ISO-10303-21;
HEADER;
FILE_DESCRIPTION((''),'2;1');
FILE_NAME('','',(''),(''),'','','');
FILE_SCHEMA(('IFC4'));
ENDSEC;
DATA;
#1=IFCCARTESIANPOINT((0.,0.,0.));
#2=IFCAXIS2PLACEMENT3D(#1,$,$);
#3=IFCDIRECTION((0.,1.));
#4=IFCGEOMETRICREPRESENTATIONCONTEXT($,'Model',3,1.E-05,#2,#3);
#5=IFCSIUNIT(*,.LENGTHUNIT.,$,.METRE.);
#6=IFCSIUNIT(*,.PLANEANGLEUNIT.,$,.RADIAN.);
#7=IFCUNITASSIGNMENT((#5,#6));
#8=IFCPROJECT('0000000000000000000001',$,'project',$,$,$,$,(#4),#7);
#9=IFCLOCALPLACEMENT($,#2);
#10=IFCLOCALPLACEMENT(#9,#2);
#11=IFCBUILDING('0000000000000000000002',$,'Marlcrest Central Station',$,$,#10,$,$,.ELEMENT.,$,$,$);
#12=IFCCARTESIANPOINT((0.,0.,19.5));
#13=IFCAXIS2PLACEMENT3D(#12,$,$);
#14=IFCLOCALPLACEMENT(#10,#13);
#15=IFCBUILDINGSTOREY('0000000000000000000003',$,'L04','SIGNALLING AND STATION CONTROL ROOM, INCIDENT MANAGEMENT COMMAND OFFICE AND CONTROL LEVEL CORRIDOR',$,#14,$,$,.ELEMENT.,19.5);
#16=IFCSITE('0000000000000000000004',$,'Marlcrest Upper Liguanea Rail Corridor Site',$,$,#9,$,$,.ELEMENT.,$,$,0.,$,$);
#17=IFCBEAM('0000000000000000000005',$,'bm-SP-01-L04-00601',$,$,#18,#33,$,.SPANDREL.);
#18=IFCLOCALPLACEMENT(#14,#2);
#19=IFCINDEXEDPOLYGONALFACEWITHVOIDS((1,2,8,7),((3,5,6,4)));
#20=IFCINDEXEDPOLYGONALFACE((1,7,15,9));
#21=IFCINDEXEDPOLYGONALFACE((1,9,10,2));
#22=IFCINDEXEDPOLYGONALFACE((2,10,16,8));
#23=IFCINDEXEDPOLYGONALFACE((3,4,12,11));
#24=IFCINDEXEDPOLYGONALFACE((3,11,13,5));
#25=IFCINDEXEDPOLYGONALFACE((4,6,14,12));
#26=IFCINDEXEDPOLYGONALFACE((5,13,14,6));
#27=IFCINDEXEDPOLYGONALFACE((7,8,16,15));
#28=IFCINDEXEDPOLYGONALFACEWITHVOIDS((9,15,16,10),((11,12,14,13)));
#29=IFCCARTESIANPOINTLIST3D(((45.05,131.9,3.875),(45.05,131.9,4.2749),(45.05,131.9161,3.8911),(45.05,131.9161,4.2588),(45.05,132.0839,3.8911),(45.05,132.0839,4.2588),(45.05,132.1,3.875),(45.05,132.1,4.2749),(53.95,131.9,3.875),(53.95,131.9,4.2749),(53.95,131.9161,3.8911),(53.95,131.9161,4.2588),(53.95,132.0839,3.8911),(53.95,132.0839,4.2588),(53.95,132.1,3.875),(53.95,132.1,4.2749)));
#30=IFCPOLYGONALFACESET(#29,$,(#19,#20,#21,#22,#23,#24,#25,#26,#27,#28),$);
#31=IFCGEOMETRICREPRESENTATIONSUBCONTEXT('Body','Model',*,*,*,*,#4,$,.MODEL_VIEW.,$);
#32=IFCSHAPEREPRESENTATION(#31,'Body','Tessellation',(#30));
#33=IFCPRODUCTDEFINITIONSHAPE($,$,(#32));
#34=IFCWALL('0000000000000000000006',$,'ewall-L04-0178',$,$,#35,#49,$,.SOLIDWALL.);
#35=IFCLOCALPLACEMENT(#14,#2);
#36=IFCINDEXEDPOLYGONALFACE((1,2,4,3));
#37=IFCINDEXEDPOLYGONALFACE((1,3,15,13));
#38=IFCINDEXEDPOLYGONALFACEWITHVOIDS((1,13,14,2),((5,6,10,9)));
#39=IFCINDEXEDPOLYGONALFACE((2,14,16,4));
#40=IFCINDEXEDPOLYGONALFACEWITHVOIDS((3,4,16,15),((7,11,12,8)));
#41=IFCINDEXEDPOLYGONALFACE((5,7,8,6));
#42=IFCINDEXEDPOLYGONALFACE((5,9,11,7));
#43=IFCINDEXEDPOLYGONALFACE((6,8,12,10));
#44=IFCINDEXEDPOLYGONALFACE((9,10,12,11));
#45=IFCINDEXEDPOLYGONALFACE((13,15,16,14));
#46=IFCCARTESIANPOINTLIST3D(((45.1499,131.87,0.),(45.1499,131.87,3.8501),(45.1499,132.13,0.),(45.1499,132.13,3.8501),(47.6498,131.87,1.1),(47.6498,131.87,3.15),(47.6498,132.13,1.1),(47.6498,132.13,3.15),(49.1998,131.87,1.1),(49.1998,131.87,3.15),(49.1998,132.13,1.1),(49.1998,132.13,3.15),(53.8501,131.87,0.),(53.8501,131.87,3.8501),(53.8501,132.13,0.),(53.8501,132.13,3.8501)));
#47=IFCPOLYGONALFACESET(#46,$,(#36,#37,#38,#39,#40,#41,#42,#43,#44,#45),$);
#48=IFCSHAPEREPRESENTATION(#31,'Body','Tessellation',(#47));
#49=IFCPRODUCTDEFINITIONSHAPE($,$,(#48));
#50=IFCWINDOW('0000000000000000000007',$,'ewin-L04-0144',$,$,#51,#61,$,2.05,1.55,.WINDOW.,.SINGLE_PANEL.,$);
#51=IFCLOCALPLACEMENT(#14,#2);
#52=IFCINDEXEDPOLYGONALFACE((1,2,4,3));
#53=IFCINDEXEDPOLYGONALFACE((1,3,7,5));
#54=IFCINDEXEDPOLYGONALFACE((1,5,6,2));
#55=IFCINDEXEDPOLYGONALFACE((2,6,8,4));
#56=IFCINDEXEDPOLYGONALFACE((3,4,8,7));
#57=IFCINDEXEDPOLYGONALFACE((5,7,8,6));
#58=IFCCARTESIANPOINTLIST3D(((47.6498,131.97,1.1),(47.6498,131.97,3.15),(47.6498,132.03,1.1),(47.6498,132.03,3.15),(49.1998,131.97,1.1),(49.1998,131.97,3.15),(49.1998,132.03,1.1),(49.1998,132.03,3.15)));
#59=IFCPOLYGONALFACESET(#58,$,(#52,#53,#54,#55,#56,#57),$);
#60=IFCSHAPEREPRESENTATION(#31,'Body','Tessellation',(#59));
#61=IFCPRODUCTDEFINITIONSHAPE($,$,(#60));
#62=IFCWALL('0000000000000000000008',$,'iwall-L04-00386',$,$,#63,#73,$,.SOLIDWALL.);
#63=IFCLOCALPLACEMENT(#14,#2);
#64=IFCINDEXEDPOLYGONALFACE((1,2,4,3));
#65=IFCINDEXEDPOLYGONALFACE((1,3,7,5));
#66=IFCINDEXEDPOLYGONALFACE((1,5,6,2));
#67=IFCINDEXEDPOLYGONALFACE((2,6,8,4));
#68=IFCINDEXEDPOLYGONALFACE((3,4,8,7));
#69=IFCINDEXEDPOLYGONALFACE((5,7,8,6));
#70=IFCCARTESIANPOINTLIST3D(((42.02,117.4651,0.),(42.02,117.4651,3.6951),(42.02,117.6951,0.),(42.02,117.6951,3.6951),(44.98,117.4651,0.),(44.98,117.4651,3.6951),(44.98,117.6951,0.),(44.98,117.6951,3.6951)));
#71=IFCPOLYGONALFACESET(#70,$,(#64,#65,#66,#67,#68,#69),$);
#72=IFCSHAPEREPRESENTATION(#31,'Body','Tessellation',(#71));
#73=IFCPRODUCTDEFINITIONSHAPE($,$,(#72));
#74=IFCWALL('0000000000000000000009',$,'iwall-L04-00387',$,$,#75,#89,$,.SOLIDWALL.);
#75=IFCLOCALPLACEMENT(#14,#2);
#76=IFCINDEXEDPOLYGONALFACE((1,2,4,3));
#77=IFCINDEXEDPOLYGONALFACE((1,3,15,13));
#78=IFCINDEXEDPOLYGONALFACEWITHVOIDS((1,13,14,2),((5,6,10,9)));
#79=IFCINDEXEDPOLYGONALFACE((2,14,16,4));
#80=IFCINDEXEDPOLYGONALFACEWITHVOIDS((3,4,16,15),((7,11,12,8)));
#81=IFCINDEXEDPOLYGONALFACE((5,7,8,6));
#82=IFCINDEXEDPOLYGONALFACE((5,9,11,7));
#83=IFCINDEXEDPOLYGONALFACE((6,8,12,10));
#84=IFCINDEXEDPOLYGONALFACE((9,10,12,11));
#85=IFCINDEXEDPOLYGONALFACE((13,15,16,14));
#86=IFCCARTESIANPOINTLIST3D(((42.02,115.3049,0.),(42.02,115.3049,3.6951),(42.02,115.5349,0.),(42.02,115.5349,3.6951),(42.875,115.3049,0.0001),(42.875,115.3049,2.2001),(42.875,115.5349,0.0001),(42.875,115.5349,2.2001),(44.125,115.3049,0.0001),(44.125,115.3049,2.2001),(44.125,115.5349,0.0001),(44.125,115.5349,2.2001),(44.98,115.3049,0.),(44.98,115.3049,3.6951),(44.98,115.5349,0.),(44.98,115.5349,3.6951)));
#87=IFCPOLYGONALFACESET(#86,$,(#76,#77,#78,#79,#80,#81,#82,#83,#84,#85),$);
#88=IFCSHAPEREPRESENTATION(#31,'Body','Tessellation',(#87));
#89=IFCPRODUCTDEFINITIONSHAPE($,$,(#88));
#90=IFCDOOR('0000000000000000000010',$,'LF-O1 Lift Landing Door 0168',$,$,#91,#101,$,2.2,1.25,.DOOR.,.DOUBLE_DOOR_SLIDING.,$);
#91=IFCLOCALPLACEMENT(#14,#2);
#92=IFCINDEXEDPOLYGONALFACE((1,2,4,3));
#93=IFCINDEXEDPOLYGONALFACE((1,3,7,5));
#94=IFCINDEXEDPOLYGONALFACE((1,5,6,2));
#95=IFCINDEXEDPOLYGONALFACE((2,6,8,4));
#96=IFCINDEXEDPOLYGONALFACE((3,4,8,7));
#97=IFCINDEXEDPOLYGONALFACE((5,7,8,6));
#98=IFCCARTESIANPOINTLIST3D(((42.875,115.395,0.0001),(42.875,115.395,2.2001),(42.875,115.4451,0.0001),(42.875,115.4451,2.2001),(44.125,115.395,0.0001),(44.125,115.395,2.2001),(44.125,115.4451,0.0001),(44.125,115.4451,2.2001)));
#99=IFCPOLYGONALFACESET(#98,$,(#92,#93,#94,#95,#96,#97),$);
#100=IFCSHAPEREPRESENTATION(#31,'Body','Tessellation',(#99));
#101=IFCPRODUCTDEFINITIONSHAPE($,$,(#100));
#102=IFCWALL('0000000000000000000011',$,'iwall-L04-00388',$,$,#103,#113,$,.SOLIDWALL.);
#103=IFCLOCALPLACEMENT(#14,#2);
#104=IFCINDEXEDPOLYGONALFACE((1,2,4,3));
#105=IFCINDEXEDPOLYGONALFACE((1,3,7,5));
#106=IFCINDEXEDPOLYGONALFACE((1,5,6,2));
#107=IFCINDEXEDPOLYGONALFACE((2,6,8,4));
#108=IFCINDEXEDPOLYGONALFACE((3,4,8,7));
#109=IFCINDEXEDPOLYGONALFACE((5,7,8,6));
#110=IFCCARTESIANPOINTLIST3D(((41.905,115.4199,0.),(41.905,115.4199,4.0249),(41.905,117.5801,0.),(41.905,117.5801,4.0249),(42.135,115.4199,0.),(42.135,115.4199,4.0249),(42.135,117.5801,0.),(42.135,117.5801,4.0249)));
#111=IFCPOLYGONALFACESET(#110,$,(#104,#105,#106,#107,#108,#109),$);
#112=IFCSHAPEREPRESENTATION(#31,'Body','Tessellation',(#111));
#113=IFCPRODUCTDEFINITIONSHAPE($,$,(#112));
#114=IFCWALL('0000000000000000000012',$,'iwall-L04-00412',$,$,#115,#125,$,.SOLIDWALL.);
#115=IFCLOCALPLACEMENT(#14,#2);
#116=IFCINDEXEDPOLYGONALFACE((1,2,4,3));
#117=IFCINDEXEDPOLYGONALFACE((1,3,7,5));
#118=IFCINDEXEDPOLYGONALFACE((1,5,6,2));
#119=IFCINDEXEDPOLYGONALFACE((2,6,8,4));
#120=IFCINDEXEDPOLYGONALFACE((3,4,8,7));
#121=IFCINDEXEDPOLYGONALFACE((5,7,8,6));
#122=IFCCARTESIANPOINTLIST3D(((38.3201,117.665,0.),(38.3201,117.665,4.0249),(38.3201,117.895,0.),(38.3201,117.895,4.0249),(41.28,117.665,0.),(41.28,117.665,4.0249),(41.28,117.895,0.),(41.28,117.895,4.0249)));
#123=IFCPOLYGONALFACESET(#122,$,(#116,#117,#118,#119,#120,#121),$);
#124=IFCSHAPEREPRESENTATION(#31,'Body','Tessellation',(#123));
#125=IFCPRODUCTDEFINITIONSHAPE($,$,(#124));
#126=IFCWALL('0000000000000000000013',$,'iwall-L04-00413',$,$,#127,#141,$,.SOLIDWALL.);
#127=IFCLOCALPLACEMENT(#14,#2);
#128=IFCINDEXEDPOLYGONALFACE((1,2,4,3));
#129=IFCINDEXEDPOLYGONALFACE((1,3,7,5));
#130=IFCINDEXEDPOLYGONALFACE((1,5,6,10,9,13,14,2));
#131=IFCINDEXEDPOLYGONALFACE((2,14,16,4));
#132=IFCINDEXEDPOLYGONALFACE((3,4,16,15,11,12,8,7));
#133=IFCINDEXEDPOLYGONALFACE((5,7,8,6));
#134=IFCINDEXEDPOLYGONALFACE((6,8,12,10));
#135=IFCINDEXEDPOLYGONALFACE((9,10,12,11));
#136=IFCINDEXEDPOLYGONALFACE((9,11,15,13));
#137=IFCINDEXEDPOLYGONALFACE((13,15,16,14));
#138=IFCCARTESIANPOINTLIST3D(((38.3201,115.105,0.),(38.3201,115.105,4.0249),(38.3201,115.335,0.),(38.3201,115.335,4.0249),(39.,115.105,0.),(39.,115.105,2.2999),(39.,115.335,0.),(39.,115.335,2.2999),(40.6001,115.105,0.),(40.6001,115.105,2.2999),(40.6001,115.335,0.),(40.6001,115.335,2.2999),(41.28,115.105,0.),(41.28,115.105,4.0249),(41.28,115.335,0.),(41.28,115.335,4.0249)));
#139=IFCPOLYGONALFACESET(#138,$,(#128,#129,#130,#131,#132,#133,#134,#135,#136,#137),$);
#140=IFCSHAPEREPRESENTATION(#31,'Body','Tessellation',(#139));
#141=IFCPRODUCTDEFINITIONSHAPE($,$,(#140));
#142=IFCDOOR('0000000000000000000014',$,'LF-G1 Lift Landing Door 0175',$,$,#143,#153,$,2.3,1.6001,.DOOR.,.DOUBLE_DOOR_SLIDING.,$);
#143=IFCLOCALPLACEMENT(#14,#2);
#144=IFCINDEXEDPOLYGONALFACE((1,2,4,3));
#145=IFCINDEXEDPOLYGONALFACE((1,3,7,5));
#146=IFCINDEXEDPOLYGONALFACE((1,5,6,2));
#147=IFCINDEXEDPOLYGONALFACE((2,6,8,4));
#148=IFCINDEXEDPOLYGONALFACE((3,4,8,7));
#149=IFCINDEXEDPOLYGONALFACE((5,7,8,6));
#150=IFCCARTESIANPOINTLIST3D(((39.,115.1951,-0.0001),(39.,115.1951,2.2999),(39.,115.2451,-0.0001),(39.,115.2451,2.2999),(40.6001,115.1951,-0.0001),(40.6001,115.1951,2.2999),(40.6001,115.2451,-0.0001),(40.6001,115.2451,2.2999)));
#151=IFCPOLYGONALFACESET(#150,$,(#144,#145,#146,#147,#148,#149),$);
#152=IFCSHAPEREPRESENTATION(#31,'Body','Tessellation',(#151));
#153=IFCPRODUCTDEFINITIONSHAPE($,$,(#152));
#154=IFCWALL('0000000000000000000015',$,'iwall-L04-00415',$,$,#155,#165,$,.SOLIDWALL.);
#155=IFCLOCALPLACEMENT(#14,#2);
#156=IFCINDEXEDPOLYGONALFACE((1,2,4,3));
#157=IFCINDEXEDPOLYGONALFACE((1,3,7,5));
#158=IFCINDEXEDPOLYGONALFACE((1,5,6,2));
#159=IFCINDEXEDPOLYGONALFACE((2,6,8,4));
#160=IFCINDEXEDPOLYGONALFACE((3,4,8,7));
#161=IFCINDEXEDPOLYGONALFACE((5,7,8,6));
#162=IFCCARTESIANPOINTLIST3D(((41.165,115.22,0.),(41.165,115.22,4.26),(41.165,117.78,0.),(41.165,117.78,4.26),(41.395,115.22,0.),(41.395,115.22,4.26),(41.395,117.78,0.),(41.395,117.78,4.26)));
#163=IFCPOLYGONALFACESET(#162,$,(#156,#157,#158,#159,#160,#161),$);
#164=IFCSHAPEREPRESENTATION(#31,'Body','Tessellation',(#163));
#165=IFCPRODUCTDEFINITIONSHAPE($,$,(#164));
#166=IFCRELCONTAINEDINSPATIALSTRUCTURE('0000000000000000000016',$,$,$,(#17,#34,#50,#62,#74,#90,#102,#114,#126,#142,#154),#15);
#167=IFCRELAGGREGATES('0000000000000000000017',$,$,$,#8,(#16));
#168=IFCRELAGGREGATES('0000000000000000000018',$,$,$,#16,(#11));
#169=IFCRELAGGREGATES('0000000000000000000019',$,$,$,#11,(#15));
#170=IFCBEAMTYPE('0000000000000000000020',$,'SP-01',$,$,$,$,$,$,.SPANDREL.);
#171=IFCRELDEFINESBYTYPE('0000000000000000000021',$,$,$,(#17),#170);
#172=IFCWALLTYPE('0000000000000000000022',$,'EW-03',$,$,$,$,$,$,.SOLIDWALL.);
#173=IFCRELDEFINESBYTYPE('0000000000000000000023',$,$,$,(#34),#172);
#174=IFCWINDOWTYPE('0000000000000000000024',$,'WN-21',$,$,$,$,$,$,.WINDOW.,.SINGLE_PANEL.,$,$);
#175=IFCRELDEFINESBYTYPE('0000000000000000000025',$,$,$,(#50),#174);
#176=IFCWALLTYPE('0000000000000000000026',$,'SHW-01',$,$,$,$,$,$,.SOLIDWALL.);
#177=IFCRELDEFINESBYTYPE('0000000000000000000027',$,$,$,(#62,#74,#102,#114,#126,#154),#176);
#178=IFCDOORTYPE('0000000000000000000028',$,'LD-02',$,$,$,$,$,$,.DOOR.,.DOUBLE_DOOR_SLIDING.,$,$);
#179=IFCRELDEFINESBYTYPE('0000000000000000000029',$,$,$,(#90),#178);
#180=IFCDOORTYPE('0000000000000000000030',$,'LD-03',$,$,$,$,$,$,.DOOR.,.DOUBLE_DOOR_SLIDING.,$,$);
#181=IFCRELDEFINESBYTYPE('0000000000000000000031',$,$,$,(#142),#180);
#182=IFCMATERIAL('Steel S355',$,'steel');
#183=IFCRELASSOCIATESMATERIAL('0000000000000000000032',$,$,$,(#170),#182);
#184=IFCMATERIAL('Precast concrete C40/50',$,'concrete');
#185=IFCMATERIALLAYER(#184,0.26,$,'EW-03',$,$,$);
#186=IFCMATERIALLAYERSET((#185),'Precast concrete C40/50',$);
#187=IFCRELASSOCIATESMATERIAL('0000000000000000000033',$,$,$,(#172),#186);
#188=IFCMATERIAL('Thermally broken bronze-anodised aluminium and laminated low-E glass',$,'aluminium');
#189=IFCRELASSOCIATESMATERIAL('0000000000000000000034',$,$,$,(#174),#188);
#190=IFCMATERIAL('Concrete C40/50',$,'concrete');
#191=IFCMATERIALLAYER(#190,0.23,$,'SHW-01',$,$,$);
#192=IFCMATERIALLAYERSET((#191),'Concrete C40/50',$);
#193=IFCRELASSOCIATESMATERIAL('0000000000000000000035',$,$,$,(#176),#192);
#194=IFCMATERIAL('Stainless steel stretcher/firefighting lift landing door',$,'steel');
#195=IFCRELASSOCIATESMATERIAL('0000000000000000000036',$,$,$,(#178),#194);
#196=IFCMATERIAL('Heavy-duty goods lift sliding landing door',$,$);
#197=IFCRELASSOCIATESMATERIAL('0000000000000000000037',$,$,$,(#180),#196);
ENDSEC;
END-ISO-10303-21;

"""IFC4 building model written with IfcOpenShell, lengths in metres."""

from ifc_helpers import new_model, si_unit, direction, frame, frame_2d, origin, origin_2d, place, context, subcontext, project, spatial, rectangle, hollow_rectangle, extrude, material, layer, layer_set, material_profile, profile_set, type_object, element, fill, save


model = new_model("IFC4")

# Units and contexts
model_context = context("Model", 3, precision=1e-05, world=origin(), true_north=direction((0.0, 1.0)))
body_context = subcontext(model_context, "Body", "Model", "MODEL_VIEW")
ifc_project = project(units=[si_unit("LENGTHUNIT", "METRE"), si_unit("PLANEANGLEUNIT", "RADIAN")], contexts=[model_context])

# Site, building, storey
site_placement = place(None, origin())
site = spatial("IfcSite", under=ifc_project, at=site_placement, Name="Marlcrest Upper Liguanea Rail Corridor Site", CompositionType="ELEMENT", RefElevation=0.0)
building_placement = place(site_placement, origin())
building = spatial("IfcBuilding", under=site, at=building_placement, Name="Marlcrest Central Station", CompositionType="ELEMENT")
storey_placement = place(building_placement, frame((0.0, 0.0, 19.5)))
storey = spatial("IfcBuildingStorey", under=building, at=storey_placement, Name="L04", Description="SIGNALLING AND STATION CONTROL ROOM, INCIDENT MANAGEMENT COMMAND OFFICE AND CONTROL LEVEL CORRIDOR", CompositionType="ELEMENT", Elevation=19.5)

# Shared definitions
ifc_material_1 = material(Name="Steel S355", Category="steel")

# Beam
ifc_material_profile_1 = material_profile(ifc_material_1, hollow_rectangle(XDim=0.2, YDim=0.3999, WallThickness=0.0161, at=origin_2d()), Name="RHS 400x200x16")
ifc_profile_set_1 = profile_set([ifc_material_profile_1], Name="Steel S355")
beam_type_1 = type_object("IfcBeamType", Name="SP-01", PredefinedType="SPANDREL", material=ifc_profile_set_1)
beam_1_placement = place(storey_placement, frame((45.05, 132.0, 4.075), z_axis=(1.0, 0.0, 0.0), x_axis=(0.0, 1.0, 0.0)))
element("IfcBeam", 1, at=beam_1_placement, inside=storey, type_object=beam_type_1, Name="bm-SP-01-L04-00601", PredefinedType="SPANDREL", context=body_context, shape_type="SweptSolid", body=[
    extrude(hollow_rectangle(XDim=0.2, YDim=0.3999, WallThickness=0.0161, at=origin_2d()), origin(), (0.0, 0.0, 1.0), 8.8999),
])

# Wall, opening, window
ifc_material_2 = material(Name="Precast concrete C40/50", Category="concrete")
ifc_layer_1 = layer(ifc_material_2, 0.26, Name="EW-03")
ifc_layer_set_1 = layer_set([ifc_layer_1], Name="Precast concrete C40/50")
wall_type_1 = type_object("IfcWallType", Name="EW-03", PredefinedType="SOLIDWALL", material=ifc_layer_set_1)
wall_1_placement = place(storey_placement, frame((45.1499, 132.0, 0.0), z_axis=(0.0, 0.0, 1.0), x_axis=(1.0, 0.0, 0.0)))
wall_1 = element("IfcWall", 2, at=wall_1_placement, inside=storey, type_object=wall_type_1, Name="ewall-L04-0178", PredefinedType="SOLIDWALL", context=body_context, shape_type="SweptSolid", body=[
    extrude(rectangle(XDim=8.7002, YDim=0.26, at=frame_2d((4.3501, 0.0))), origin(), (0.0, 0.0, 1.0), 3.8501),
])
opening_1_placement = place(wall_1_placement, frame((2.5, 0.0, 1.1001)))
opening_1 = element("IfcOpeningElement", 3, at=opening_1_placement, cuts=wall_1, PredefinedType="OPENING", context=body_context, shape_type="SweptSolid", body=[
    extrude(rectangle(XDim=1.55, YDim=2.05, at=frame_2d((0.7749, 1.0249))), frame((0.0, 0.1399, 0.0), z_axis=(0.0, -1.0, 0.0), x_axis=(1.0, 0.0, 0.0)), (0.0, 0.0, 1.0), 0.28),
])
ifc_material_3 = material(Name="Thermally broken bronze-anodised aluminium and laminated low-E glass", Category="aluminium")
window_type = type_object("IfcWindowType", Name="WN-21", PartitioningType="SINGLE_PANEL", PredefinedType="WINDOW", material=ifc_material_3)
window_placement = place(opening_1_placement, origin())
window = element("IfcWindow", 4, at=window_placement, inside=storey, type_object=window_type, Name="ewin-L04-0144", OverallHeight=2.05, OverallWidth=1.55, PartitioningType="SINGLE_PANEL", PredefinedType="WINDOW", context=body_context, shape_type="SweptSolid", body=[
    extrude(rectangle(XDim=1.55, YDim=2.05, at=frame_2d((0.7749, 1.0249))), frame((0.0, 0.03, 0.0), z_axis=(0.0, -1.0, 0.0), x_axis=(1.0, 0.0, 0.0)), (0.0, 0.0, 1.0), 0.0601),
])
fill(opening_1, window)

# Wall
ifc_material_4 = material(Name="Concrete C40/50", Category="concrete")
ifc_layer_2 = layer(ifc_material_4, 0.23, Name="SHW-01")
ifc_layer_set_2 = layer_set([ifc_layer_2], Name="Concrete C40/50")
wall_type_2 = type_object("IfcWallType", Name="SHW-01", PredefinedType="SOLIDWALL", material=ifc_layer_set_2)
wall_2_placement = place(storey_placement, frame((42.02, 117.5801, 0.0), z_axis=(0.0, 0.0, 1.0), x_axis=(1.0, 0.0, 0.0)))
element("IfcWall", 5, at=wall_2_placement, inside=storey, type_object=wall_type_2, Name="iwall-L04-00386", PredefinedType="SOLIDWALL", context=body_context, shape_type="SweptSolid", body=[
    extrude(rectangle(XDim=2.96, YDim=0.23, at=frame_2d((1.48, 0.0))), origin(), (0.0, 0.0, 1.0), 3.6951),
])

# Wall, opening, door
wall_3_placement = place(storey_placement, frame((44.98, 115.4199, 0.0), z_axis=(0.0, 0.0, 1.0), x_axis=(-1.0, 0.0, 0.0)))
wall_3 = element("IfcWall", 6, at=wall_3_placement, inside=storey, type_object=wall_type_2, Name="iwall-L04-00387", PredefinedType="SOLIDWALL", context=body_context, shape_type="SweptSolid", body=[
    extrude(rectangle(XDim=2.96, YDim=0.23, at=frame_2d((1.48, 0.0))), origin(), (0.0, 0.0, 1.0), 3.6951),
])
opening_2_placement = place(wall_3_placement, frame((0.855, 0.0, 0.0)))
opening_2 = element("IfcOpeningElement", 7, at=opening_2_placement, cuts=wall_3, PredefinedType="OPENING", context=body_context, shape_type="SweptSolid", body=[
    extrude(rectangle(XDim=1.25, YDim=2.2, at=frame_2d((0.625, 1.1001))), frame((0.0, 0.125, 0.0), z_axis=(0.0, -1.0, 0.0), x_axis=(1.0, 0.0, 0.0)), (0.0, 0.0, 1.0), 0.25),
])
ifc_material_5 = material(Name="Stainless steel stretcher/firefighting lift landing door", Category="steel")
door_type_1 = type_object("IfcDoorType", Name="LD-02", OperationType="DOUBLE_DOOR_SLIDING", PredefinedType="DOOR", material=ifc_material_5)
door_1_placement = place(opening_2_placement, origin())
door_1 = element("IfcDoor", 8, at=door_1_placement, inside=storey, type_object=door_type_1, Name="LF-O1 Lift Landing Door 0168", OperationType="DOUBLE_DOOR_SLIDING", OverallHeight=2.2, OverallWidth=1.25, PredefinedType="DOOR", context=body_context, shape_type="SweptSolid", body=[
    extrude(rectangle(XDim=1.25, YDim=2.2, at=frame_2d((0.625, 1.1001))), frame((0.0, 0.0249, 0.0), z_axis=(0.0, -1.0, 0.0), x_axis=(1.0, 0.0, 0.0)), (0.0, 0.0, 1.0), 0.05),
])
fill(opening_2, door_1)

# Walls
wall_4_placement = place(storey_placement, frame((42.02, 115.4199, 0.0), z_axis=(0.0, 0.0, 1.0), x_axis=(0.0, 1.0, 0.0)))
element("IfcWall", 9, at=wall_4_placement, inside=storey, type_object=wall_type_2, Name="iwall-L04-00388", PredefinedType="SOLIDWALL", context=body_context, shape_type="SweptSolid", body=[
    extrude(rectangle(XDim=2.1602, YDim=0.23, at=frame_2d((1.0801, 0.0))), origin(), (0.0, 0.0, 1.0), 4.0249),
])
wall_5_placement = place(storey_placement, frame((38.3201, 117.78, 0.0), z_axis=(0.0, 0.0, 1.0), x_axis=(1.0, 0.0, 0.0)))
element("IfcWall", 10, at=wall_5_placement, inside=storey, type_object=wall_type_2, Name="iwall-L04-00412", PredefinedType="SOLIDWALL", context=body_context, shape_type="SweptSolid", body=[
    extrude(rectangle(XDim=2.96, YDim=0.23, at=frame_2d((1.48, 0.0))), origin(), (0.0, 0.0, 1.0), 4.0249),
])

# Wall, opening, door
wall_6_placement = place(storey_placement, frame((41.28, 115.22, 0.0), z_axis=(0.0, 0.0, 1.0), x_axis=(-1.0, 0.0, 0.0)))
wall_6 = element("IfcWall", 11, at=wall_6_placement, inside=storey, type_object=wall_type_2, Name="iwall-L04-00413", PredefinedType="SOLIDWALL", context=body_context, shape_type="SweptSolid", body=[
    extrude(rectangle(XDim=2.96, YDim=0.23, at=frame_2d((1.48, 0.0))), origin(), (0.0, 0.0, 1.0), 4.0249),
])
opening_3_placement = place(wall_6_placement, frame((0.6799, 0.0, 0.0)))
opening_3 = element("IfcOpeningElement", 12, at=opening_3_placement, cuts=wall_6, PredefinedType="OPENING", context=body_context, shape_type="SweptSolid", body=[
    extrude(rectangle(XDim=1.6001, YDim=2.3, at=frame_2d((0.8, 1.1499))), frame((0.0, 0.125, 0.0), z_axis=(0.0, -1.0, 0.0), x_axis=(1.0, 0.0, 0.0)), (0.0, 0.0, 1.0), 0.25),
])
ifc_material_6 = material(Name="Heavy-duty goods lift sliding landing door")
door_type_2 = type_object("IfcDoorType", Name="LD-03", OperationType="DOUBLE_DOOR_SLIDING", PredefinedType="DOOR", material=ifc_material_6)
door_2_placement = place(opening_3_placement, origin())
door_2 = element("IfcDoor", 13, at=door_2_placement, inside=storey, type_object=door_type_2, Name="LF-G1 Lift Landing Door 0175", OperationType="DOUBLE_DOOR_SLIDING", OverallHeight=2.3, OverallWidth=1.6001, PredefinedType="DOOR", context=body_context, shape_type="SweptSolid", body=[
    extrude(rectangle(XDim=1.6001, YDim=2.3, at=frame_2d((0.8, 1.1499))), frame((0.0, 0.0249, 0.0), z_axis=(0.0, -1.0, 0.0), x_axis=(1.0, 0.0, 0.0)), (0.0, 0.0, 1.0), 0.05),
])
fill(opening_3, door_2)

# Wall
wall_7_placement = place(storey_placement, frame((41.28, 117.78, 0.0), z_axis=(0.0, 0.0, 1.0), x_axis=(0.0, -1.0, 0.0)))
element("IfcWall", 14, at=wall_7_placement, inside=storey, type_object=wall_type_2, Name="iwall-L04-00415", PredefinedType="SOLIDWALL", context=body_context, shape_type="SweptSolid", body=[
    extrude(rectangle(XDim=2.5601, YDim=0.23, at=frame_2d((1.28, 0.0))), origin(), (0.0, 0.0, 1.0), 4.26),
])

save(model, "model.ifc")
